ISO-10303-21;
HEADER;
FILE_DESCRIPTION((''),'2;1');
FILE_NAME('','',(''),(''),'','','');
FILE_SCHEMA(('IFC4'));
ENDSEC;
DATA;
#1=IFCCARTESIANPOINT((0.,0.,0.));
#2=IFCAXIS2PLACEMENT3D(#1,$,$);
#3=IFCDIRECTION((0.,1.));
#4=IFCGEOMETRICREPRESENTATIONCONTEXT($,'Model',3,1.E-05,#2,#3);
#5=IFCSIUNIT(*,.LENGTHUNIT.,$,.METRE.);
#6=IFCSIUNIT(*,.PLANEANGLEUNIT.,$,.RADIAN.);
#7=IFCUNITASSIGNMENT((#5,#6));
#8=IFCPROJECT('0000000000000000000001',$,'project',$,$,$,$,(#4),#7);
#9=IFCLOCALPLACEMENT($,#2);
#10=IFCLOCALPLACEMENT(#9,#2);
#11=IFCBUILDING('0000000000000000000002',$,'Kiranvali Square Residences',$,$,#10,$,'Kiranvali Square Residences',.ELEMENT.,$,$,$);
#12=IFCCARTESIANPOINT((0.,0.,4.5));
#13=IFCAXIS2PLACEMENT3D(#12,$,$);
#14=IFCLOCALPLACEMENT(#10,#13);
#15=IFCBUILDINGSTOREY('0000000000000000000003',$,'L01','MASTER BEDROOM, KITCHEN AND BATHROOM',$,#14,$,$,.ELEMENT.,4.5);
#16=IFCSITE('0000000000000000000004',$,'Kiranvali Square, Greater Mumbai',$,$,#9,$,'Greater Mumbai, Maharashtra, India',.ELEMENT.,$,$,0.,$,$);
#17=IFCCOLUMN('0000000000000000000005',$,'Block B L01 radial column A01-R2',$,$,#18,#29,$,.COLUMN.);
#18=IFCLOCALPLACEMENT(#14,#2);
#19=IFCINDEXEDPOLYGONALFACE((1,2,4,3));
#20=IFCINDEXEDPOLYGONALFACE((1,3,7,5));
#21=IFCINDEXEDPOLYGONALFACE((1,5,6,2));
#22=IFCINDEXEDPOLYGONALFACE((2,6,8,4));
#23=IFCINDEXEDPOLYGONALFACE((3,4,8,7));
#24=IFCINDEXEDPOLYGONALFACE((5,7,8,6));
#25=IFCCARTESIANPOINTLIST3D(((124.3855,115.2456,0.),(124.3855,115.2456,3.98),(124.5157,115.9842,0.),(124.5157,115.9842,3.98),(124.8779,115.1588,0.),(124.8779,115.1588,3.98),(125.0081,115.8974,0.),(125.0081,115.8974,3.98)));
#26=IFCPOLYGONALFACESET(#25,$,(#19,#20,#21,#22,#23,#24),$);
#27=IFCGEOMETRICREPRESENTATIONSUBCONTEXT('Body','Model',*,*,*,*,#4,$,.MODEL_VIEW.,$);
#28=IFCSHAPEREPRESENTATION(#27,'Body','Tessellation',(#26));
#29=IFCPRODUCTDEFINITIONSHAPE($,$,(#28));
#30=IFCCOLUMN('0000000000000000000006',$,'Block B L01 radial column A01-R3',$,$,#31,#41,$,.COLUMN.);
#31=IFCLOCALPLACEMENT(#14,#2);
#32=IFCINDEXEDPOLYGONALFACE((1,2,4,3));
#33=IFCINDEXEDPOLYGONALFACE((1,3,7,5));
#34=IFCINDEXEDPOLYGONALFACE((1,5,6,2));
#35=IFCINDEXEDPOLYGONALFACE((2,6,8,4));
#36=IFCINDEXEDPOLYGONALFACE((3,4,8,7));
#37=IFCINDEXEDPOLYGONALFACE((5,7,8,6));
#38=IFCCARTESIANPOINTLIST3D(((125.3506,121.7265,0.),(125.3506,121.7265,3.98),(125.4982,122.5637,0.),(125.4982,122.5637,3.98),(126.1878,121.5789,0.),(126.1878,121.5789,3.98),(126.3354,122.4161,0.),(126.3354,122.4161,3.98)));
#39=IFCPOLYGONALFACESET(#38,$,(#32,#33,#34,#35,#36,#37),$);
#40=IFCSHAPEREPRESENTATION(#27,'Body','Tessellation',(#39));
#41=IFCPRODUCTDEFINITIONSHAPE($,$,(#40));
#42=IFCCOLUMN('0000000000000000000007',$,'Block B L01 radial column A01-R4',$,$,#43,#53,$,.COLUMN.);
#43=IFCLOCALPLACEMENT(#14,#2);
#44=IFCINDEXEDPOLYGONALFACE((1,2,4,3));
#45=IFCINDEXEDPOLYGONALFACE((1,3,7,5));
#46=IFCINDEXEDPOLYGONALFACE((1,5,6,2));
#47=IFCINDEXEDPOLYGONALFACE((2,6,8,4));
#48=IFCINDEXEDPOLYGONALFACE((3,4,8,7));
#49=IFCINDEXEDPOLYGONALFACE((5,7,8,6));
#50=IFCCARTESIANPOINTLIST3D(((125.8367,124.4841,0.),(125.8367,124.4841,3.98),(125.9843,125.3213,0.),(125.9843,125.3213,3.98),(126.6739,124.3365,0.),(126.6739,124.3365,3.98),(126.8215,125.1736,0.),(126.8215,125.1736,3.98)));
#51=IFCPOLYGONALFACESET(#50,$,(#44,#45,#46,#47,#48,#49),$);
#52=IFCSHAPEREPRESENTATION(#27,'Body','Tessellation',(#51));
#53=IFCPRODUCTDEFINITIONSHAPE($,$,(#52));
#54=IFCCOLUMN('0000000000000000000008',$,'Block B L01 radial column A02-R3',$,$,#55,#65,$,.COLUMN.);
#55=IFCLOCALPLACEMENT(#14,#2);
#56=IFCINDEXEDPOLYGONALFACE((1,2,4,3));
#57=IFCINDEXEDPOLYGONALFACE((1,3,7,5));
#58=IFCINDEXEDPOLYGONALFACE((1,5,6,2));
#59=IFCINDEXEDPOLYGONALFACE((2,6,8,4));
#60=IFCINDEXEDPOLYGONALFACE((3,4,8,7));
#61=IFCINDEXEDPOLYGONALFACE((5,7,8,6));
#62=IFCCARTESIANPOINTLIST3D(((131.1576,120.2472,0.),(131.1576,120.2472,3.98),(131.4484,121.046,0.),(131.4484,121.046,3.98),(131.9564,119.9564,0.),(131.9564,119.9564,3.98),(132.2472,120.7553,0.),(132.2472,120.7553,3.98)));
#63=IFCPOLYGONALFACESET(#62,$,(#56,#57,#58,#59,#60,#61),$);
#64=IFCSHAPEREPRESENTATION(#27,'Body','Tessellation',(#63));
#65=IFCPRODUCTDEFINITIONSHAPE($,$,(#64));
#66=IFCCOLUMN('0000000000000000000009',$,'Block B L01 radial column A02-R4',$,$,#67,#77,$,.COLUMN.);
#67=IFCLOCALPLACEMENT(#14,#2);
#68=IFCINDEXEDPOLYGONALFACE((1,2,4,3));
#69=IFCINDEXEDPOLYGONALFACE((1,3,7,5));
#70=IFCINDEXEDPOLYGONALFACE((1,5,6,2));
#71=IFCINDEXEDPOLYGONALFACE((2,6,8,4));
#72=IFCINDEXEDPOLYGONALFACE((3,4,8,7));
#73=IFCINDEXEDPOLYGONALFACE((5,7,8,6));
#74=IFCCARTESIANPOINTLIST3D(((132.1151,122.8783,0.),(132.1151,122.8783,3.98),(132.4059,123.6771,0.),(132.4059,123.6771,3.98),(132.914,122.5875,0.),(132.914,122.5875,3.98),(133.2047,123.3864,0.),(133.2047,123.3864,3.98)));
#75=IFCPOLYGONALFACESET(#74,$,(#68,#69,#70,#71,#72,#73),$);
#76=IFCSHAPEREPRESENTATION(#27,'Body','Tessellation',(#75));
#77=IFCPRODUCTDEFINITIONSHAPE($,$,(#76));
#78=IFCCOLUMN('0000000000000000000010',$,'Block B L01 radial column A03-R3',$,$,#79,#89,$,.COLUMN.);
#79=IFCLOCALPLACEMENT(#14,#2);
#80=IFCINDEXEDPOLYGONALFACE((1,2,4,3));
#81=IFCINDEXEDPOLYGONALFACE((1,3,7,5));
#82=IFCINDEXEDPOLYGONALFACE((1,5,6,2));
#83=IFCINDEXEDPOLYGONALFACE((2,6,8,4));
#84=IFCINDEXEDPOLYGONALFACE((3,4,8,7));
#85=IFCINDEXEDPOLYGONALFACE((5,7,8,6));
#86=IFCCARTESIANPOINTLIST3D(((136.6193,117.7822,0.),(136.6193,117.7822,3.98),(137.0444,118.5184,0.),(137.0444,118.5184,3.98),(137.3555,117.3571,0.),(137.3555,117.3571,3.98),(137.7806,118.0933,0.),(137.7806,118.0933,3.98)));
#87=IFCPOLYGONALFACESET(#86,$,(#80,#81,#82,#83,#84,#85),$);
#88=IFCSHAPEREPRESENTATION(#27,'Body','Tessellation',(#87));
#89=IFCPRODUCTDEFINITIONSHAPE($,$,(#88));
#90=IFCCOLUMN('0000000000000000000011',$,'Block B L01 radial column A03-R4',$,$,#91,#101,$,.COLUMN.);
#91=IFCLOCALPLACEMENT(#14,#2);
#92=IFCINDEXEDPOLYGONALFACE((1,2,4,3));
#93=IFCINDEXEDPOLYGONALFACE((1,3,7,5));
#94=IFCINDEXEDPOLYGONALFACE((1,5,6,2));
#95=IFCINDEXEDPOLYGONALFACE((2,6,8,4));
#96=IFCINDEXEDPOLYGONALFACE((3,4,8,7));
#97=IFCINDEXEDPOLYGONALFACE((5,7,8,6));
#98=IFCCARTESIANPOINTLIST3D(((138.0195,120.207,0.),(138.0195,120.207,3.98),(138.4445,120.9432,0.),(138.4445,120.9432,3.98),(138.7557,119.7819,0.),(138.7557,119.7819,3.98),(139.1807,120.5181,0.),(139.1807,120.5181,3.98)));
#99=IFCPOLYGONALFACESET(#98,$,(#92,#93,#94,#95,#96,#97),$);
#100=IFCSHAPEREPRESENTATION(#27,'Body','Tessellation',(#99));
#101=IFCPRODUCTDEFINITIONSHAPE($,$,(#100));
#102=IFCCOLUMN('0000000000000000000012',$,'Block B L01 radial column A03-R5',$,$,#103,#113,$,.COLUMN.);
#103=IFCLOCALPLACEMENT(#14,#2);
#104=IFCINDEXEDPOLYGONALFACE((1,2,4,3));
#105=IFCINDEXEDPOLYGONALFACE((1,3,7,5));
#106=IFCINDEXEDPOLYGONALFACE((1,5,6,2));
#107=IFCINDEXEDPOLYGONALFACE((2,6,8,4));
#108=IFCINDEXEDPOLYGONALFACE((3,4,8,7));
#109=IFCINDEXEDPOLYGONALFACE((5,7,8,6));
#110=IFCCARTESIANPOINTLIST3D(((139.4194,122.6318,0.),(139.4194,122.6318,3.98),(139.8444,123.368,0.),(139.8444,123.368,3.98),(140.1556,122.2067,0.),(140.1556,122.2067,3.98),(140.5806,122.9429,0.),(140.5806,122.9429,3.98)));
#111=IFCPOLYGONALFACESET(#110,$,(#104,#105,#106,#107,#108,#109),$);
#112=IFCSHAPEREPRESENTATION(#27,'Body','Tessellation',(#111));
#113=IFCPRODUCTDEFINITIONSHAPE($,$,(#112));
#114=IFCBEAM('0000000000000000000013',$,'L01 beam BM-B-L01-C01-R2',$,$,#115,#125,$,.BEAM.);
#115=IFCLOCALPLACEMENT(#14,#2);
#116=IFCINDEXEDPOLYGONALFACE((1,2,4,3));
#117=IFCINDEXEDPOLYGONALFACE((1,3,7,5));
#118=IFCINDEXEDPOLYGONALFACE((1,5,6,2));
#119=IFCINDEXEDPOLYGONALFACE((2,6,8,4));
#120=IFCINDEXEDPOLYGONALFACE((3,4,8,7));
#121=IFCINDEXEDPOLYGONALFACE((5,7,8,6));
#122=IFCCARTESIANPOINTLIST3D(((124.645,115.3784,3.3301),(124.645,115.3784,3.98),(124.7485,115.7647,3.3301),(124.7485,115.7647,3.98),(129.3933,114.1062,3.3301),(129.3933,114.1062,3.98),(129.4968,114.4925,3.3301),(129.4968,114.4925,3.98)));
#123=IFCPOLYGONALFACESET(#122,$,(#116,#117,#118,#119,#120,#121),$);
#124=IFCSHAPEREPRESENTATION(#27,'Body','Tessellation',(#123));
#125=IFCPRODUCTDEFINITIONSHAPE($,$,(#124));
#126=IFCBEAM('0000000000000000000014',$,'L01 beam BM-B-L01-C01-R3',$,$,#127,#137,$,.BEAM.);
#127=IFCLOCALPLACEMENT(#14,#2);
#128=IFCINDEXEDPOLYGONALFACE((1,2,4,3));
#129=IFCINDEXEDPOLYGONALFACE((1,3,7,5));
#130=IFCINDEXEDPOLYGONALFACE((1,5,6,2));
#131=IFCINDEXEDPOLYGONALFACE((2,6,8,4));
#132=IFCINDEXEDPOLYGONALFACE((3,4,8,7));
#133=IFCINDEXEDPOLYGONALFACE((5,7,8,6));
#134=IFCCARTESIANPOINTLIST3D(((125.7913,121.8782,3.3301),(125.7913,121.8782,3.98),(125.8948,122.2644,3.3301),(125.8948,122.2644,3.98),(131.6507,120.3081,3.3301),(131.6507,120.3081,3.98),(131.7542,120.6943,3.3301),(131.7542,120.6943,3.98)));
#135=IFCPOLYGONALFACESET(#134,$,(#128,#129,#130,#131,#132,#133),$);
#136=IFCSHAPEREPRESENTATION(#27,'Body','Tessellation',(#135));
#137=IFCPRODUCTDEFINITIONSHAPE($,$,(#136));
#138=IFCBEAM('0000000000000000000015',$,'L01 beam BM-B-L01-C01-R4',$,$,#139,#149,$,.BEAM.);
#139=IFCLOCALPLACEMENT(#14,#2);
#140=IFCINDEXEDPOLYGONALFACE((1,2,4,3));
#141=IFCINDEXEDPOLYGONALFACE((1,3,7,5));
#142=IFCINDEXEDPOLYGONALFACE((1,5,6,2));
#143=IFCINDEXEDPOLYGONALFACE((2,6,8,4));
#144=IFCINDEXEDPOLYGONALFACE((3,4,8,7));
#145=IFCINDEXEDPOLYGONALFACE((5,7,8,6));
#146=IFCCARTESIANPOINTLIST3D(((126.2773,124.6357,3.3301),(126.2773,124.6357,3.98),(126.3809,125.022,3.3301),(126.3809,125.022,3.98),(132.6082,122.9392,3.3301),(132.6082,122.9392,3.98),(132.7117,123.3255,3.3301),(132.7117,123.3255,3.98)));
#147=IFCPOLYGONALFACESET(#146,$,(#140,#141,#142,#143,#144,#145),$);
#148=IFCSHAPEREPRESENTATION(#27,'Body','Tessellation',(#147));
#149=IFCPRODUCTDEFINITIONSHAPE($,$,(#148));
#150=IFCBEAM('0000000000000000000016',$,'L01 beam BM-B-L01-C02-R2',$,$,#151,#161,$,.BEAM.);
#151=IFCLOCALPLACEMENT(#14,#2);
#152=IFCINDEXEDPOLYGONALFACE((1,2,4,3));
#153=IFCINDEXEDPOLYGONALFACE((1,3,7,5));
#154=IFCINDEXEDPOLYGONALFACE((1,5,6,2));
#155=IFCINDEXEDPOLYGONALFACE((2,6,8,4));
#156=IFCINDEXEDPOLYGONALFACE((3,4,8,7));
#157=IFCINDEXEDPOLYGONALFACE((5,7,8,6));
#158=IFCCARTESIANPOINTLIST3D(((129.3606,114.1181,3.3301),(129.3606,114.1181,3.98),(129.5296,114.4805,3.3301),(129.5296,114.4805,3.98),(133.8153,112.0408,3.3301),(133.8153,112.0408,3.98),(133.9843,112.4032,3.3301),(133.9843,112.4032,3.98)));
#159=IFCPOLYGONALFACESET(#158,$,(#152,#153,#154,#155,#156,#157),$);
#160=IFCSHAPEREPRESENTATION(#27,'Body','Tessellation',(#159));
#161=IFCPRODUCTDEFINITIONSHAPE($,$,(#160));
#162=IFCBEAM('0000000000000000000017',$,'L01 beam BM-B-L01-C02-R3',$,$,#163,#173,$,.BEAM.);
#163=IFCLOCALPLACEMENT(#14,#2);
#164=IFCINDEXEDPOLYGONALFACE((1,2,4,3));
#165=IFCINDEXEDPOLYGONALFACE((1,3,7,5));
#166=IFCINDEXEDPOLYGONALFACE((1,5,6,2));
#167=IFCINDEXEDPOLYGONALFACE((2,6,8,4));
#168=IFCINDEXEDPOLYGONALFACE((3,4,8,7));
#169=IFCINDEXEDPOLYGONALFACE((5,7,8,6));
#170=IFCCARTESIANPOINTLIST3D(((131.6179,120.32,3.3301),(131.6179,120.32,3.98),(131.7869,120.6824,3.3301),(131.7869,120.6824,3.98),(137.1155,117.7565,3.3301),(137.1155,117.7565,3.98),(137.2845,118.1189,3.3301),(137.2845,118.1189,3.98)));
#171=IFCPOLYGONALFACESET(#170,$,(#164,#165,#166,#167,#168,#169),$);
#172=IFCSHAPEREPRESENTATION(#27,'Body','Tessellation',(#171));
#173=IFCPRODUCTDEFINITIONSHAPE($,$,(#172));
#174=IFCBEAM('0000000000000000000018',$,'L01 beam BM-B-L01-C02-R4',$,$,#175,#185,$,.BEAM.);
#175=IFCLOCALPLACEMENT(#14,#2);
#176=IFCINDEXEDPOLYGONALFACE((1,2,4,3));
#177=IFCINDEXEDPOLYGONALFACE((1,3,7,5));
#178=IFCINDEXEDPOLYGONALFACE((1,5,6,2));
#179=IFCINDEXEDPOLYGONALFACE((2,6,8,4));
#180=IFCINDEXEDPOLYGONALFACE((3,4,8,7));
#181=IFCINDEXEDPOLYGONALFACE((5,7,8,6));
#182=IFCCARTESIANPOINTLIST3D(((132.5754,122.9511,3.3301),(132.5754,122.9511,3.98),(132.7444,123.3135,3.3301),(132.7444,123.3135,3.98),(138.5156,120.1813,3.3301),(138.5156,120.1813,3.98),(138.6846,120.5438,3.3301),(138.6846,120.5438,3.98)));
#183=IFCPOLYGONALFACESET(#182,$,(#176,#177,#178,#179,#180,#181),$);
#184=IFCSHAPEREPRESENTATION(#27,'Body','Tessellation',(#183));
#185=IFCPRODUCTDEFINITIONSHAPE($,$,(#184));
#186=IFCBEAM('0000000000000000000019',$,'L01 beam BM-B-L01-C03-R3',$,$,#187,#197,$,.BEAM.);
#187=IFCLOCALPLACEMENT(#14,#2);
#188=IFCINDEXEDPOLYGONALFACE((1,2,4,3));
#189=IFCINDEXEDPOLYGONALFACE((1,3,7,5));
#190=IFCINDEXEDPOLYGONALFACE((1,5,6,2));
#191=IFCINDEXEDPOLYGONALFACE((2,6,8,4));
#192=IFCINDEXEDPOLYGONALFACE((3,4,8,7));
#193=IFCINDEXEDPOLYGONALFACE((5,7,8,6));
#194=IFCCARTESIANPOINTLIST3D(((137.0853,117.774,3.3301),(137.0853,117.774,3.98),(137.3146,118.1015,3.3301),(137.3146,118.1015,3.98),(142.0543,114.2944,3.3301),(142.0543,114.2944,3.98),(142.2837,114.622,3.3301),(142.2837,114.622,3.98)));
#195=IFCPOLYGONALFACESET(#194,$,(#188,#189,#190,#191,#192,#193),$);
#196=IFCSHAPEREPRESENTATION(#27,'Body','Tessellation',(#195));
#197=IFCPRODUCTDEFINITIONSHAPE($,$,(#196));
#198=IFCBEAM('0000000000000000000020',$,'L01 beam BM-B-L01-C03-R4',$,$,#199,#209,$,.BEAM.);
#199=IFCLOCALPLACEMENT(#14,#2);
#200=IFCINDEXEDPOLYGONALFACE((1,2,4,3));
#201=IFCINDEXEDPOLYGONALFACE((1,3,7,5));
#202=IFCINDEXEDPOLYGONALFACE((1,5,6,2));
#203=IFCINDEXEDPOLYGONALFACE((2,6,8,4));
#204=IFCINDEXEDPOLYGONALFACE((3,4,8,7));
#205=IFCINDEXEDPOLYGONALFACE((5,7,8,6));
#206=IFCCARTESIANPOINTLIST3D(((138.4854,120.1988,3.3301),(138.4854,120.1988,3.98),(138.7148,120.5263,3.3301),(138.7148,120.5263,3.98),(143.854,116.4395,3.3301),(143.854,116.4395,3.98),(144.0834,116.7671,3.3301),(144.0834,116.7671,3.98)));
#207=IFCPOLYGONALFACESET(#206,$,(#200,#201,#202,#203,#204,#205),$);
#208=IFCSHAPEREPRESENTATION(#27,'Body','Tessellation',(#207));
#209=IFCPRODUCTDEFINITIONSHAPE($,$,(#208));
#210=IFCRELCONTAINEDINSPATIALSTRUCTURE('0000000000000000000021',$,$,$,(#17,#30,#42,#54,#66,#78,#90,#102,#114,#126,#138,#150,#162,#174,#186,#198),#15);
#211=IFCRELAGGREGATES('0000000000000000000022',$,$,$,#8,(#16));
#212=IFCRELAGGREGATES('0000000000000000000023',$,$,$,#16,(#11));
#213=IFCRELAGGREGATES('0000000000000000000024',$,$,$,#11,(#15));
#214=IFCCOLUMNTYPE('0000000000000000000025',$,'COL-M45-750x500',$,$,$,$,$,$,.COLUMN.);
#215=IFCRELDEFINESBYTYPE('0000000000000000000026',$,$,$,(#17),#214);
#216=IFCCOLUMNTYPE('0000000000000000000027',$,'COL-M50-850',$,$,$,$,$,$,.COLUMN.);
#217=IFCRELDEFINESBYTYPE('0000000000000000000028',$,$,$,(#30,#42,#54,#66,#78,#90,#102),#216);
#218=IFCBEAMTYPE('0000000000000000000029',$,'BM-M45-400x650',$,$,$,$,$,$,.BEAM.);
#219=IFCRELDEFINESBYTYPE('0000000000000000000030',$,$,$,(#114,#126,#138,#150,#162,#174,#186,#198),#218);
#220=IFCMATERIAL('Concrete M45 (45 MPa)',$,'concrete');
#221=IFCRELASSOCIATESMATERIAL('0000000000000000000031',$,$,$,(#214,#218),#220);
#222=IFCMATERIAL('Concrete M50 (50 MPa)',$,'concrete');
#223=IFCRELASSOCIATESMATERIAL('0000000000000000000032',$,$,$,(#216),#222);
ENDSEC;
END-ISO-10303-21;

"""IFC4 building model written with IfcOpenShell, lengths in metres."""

from ifc_helpers import new_model, si_unit, direction, frame, origin, origin_2d, place, context, subcontext, project, spatial, rectangle, extrude, material, material_profile, profile_set, type_object, element, save


model = new_model("IFC4")

# Units and contexts
model_context = context("Model", 3, precision=1e-05, world=origin(), true_north=direction((0.0, 1.0)))
body_context = subcontext(model_context, "Body", "Model", "MODEL_VIEW")
ifc_project = project(units=[si_unit("LENGTHUNIT", "METRE"), si_unit("PLANEANGLEUNIT", "RADIAN")], contexts=[model_context])

# Site, building, storey
site_placement = place(None, origin())
site = spatial("IfcSite", under=ifc_project, at=site_placement, Name="Kiranvali Square, Greater Mumbai", LongName="Greater Mumbai, Maharashtra, India", CompositionType="ELEMENT", RefElevation=0.0)
building_placement = place(site_placement, origin())
building = spatial("IfcBuilding", under=site, at=building_placement, Name="Kiranvali Square Residences", LongName="Kiranvali Square Residences", CompositionType="ELEMENT")
storey_placement = place(building_placement, frame((0.0, 0.0, 4.5)))
storey = spatial("IfcBuildingStorey", under=building, at=storey_placement, Name="L01", Description="MASTER BEDROOM, KITCHEN AND BATHROOM", CompositionType="ELEMENT", Elevation=4.5)

# Columns
ifc_material_1 = material(Name="Concrete M45 (45 MPa)", Category="concrete")
ifc_material_profile_1 = material_profile(ifc_material_1, rectangle(XDim=0.5, YDim=0.75, at=origin_2d()), Name="RC 750x500")
ifc_profile_set_1 = profile_set([ifc_material_profile_1], Name="Concrete M45 (45 MPa)")
column_type_1 = type_object("IfcColumnType", Name="COL-M45-750x500", PredefinedType="COLUMN", material=ifc_profile_set_1)
column_placement = place(storey_placement, frame((124.6968, 115.5715, 0.0), z_axis=(0.0, 0.0, 1.0), x_axis=(-0.984808, 0.173648, 0.0)))
element("IfcColumn", 1, at=column_placement, inside=storey, type_object=column_type_1, Name="Block B L01 radial column A01-R2", PredefinedType="COLUMN", context=body_context, shape_type="SweptSolid", body=[
    extrude(rectangle(XDim=0.5, YDim=0.75, at=origin_2d()), origin(), (0.0, 0.0, 1.0), 3.98),
])
ifc_material_2 = material(Name="Concrete M50 (50 MPa)", Category="concrete")
ifc_material_profile_2 = material_profile(ifc_material_2, rectangle(XDim=0.8501, YDim=0.8501, at=origin_2d()), Name="RC 850x850")
ifc_profile_set_2 = profile_set([ifc_material_profile_2], Name="Concrete M50 (50 MPa)")
column_type_2 = type_object("IfcColumnType", Name="COL-M50-850", PredefinedType="COLUMN", material=ifc_profile_set_2)
for number, where, z_axis, x_axis, name in (
    (2, (125.843, 122.0713, 0.0), (0.0, 0.0, 1.0), (-0.984808, 0.173648, 0.0), "Block B L01 radial column A01-R3"),
    (3, (126.3291, 124.8289, 0.0), (0.0, 0.0, 1.0), (-0.984808, 0.173648, 0.0), "Block B L01 radial column A01-R4"),
    (4, (131.7024, 120.5012, 0.0), (0.0, 0.0, 1.0), (-0.939693, 0.34202, 0.0), "Block B L01 radial column A02-R3"),
    (5, (132.6599, 123.1323, 0.0), (0.0, 0.0, 1.0), (-0.939693, 0.34202, 0.0), "Block B L01 radial column A02-R4"),
    (6, (137.2, 117.9377, 0.0), (0.0, 0.0, 1.0), (-0.866025, 0.5, 0.0), "Block B L01 radial column A03-R3"),
    (7, (138.6001, 120.3625, 0.0), (0.0, 0.0, 1.0), (-0.866025, 0.5, 0.0), "Block B L01 radial column A03-R4"),
    (8, (140.0, 122.7874, 0.0), (0.0, 0.0, 1.0), (-0.866025, 0.5, 0.0), "Block B L01 radial column A03-R5"),
):
    element("IfcColumn", number, at=place(storey_placement, frame(where, z_axis=z_axis, x_axis=x_axis)), inside=storey, type_object=column_type_2, Name=name, PredefinedType="COLUMN", context=body_context, shape_type="SweptSolid", body=[
        extrude(rectangle(XDim=0.8501, YDim=0.8501, at=origin_2d()), origin(), (0.0, 0.0, 1.0), 3.98),
    ])

# Beams
ifc_material_profile_3 = material_profile(ifc_material_1, rectangle(XDim=0.3999, YDim=0.6499, at=origin_2d()), Name="RC 400x650")
ifc_profile_set_3 = profile_set([ifc_material_profile_3], Name="Concrete M45 (45 MPa)")
beam_type = type_object("IfcBeamType", Name="BM-M45-400x650", PredefinedType="BEAM", material=ifc_profile_set_3)
beam_1_placement = place(storey_placement, frame((124.6968, 115.5715, 3.655), z_axis=(0.96593, -0.258803, 0.0), x_axis=(0.258803, 0.96593, 0.0)))
element("IfcBeam", 9, at=beam_1_placement, inside=storey, type_object=beam_type, Name="L01 beam BM-B-L01-C01-R2", PredefinedType="BEAM", context=body_context, shape_type="SweptSolid", body=[
    extrude(rectangle(XDim=0.3999, YDim=0.6499, at=origin_2d()), origin(), (0.0, 0.0, 1.0), 4.9158),
])
beam_2_placement = place(storey_placement, frame((125.843, 122.0713, 3.655), z_axis=(0.965924, -0.258827, 0.0), x_axis=(0.258827, 0.965924, 0.0)))
element("IfcBeam", 10, at=beam_2_placement, inside=storey, type_object=beam_type, Name="L01 beam BM-B-L01-C01-R3", PredefinedType="BEAM", context=body_context, shape_type="SweptSolid", body=[
    extrude(rectangle(XDim=0.3999, YDim=0.6499, at=origin_2d()), origin(), (0.0, 0.0, 1.0), 6.0662),
])
beam_3_placement = place(storey_placement, frame((126.3291, 124.8289, 3.655), z_axis=(0.965918, -0.258847, 0.0), x_axis=(0.258847, 0.965918, 0.0)))
element("IfcBeam", 11, at=beam_3_placement, inside=storey, type_object=beam_type, Name="L01 beam BM-B-L01-C01-R4", PredefinedType="BEAM", context=body_context, shape_type="SweptSolid", body=[
    extrude(rectangle(XDim=0.3999, YDim=0.6499, at=origin_2d()), origin(), (0.0, 0.0, 1.0), 6.5542),
])
beam_4_placement = place(storey_placement, frame((129.4451, 114.2993, 3.655), z_axis=(0.906302, -0.42263, 0.0), x_axis=(0.42263, 0.906302, 0.0)))
element("IfcBeam", 12, at=beam_4_placement, inside=storey, type_object=beam_type, Name="L01 beam BM-B-L01-C02-R2", PredefinedType="BEAM", context=body_context, shape_type="SweptSolid", body=[
    extrude(rectangle(XDim=0.3999, YDim=0.6499, at=origin_2d()), origin(), (0.0, 0.0, 1.0), 4.9153),
])
beam_5_placement = place(storey_placement, frame((131.7024, 120.5012, 3.655), z_axis=(0.906313, -0.422608, 0.0), x_axis=(0.422608, 0.906313, 0.0)))
element("IfcBeam", 13, at=beam_5_placement, inside=storey, type_object=beam_type, Name="L01 beam BM-B-L01-C02-R3", PredefinedType="BEAM", context=body_context, shape_type="SweptSolid", body=[
    extrude(rectangle(XDim=0.3999, YDim=0.6499, at=origin_2d()), origin(), (0.0, 0.0, 1.0), 6.0659),
])
beam_6_placement = place(storey_placement, frame((132.6599, 123.1323, 3.655), z_axis=(0.906318, -0.422596, 0.0), x_axis=(0.422596, 0.906318, 0.0)))
element("IfcBeam", 14, at=beam_6_placement, inside=storey, type_object=beam_type, Name="L01 beam BM-B-L01-C02-R4", PredefinedType="BEAM", context=body_context, shape_type="SweptSolid", body=[
    extrude(rectangle(XDim=0.3999, YDim=0.6499, at=origin_2d()), origin(), (0.0, 0.0, 1.0), 6.5542),
])
beam_7_placement = place(storey_placement, frame((137.2, 117.9377, 3.655), z_axis=(0.819139, -0.573595, 0.0), x_axis=(0.573595, 0.819139, 0.0)))
element("IfcBeam", 15, at=beam_7_placement, inside=storey, type_object=beam_type, Name="L01 beam BM-B-L01-C03-R3", PredefinedType="BEAM", context=body_context, shape_type="SweptSolid", body=[
    extrude(rectangle(XDim=0.3999, YDim=0.6499, at=origin_2d()), origin(), (0.0, 0.0, 1.0), 6.0662),
])
beam_8_placement = place(storey_placement, frame((138.6001, 120.3625, 3.655), z_axis=(0.819144, -0.573587, 0.0), x_axis=(0.573587, 0.819144, 0.0)))
element("IfcBeam", 16, at=beam_8_placement, inside=storey, type_object=beam_type, Name="L01 beam BM-B-L01-C03-R4", PredefinedType="BEAM", context=body_context, shape_type="SweptSolid", body=[
    extrude(rectangle(XDim=0.3999, YDim=0.6499, at=origin_2d()), origin(), (0.0, 0.0, 1.0), 6.554),
])

save(model, "model.ifc")
